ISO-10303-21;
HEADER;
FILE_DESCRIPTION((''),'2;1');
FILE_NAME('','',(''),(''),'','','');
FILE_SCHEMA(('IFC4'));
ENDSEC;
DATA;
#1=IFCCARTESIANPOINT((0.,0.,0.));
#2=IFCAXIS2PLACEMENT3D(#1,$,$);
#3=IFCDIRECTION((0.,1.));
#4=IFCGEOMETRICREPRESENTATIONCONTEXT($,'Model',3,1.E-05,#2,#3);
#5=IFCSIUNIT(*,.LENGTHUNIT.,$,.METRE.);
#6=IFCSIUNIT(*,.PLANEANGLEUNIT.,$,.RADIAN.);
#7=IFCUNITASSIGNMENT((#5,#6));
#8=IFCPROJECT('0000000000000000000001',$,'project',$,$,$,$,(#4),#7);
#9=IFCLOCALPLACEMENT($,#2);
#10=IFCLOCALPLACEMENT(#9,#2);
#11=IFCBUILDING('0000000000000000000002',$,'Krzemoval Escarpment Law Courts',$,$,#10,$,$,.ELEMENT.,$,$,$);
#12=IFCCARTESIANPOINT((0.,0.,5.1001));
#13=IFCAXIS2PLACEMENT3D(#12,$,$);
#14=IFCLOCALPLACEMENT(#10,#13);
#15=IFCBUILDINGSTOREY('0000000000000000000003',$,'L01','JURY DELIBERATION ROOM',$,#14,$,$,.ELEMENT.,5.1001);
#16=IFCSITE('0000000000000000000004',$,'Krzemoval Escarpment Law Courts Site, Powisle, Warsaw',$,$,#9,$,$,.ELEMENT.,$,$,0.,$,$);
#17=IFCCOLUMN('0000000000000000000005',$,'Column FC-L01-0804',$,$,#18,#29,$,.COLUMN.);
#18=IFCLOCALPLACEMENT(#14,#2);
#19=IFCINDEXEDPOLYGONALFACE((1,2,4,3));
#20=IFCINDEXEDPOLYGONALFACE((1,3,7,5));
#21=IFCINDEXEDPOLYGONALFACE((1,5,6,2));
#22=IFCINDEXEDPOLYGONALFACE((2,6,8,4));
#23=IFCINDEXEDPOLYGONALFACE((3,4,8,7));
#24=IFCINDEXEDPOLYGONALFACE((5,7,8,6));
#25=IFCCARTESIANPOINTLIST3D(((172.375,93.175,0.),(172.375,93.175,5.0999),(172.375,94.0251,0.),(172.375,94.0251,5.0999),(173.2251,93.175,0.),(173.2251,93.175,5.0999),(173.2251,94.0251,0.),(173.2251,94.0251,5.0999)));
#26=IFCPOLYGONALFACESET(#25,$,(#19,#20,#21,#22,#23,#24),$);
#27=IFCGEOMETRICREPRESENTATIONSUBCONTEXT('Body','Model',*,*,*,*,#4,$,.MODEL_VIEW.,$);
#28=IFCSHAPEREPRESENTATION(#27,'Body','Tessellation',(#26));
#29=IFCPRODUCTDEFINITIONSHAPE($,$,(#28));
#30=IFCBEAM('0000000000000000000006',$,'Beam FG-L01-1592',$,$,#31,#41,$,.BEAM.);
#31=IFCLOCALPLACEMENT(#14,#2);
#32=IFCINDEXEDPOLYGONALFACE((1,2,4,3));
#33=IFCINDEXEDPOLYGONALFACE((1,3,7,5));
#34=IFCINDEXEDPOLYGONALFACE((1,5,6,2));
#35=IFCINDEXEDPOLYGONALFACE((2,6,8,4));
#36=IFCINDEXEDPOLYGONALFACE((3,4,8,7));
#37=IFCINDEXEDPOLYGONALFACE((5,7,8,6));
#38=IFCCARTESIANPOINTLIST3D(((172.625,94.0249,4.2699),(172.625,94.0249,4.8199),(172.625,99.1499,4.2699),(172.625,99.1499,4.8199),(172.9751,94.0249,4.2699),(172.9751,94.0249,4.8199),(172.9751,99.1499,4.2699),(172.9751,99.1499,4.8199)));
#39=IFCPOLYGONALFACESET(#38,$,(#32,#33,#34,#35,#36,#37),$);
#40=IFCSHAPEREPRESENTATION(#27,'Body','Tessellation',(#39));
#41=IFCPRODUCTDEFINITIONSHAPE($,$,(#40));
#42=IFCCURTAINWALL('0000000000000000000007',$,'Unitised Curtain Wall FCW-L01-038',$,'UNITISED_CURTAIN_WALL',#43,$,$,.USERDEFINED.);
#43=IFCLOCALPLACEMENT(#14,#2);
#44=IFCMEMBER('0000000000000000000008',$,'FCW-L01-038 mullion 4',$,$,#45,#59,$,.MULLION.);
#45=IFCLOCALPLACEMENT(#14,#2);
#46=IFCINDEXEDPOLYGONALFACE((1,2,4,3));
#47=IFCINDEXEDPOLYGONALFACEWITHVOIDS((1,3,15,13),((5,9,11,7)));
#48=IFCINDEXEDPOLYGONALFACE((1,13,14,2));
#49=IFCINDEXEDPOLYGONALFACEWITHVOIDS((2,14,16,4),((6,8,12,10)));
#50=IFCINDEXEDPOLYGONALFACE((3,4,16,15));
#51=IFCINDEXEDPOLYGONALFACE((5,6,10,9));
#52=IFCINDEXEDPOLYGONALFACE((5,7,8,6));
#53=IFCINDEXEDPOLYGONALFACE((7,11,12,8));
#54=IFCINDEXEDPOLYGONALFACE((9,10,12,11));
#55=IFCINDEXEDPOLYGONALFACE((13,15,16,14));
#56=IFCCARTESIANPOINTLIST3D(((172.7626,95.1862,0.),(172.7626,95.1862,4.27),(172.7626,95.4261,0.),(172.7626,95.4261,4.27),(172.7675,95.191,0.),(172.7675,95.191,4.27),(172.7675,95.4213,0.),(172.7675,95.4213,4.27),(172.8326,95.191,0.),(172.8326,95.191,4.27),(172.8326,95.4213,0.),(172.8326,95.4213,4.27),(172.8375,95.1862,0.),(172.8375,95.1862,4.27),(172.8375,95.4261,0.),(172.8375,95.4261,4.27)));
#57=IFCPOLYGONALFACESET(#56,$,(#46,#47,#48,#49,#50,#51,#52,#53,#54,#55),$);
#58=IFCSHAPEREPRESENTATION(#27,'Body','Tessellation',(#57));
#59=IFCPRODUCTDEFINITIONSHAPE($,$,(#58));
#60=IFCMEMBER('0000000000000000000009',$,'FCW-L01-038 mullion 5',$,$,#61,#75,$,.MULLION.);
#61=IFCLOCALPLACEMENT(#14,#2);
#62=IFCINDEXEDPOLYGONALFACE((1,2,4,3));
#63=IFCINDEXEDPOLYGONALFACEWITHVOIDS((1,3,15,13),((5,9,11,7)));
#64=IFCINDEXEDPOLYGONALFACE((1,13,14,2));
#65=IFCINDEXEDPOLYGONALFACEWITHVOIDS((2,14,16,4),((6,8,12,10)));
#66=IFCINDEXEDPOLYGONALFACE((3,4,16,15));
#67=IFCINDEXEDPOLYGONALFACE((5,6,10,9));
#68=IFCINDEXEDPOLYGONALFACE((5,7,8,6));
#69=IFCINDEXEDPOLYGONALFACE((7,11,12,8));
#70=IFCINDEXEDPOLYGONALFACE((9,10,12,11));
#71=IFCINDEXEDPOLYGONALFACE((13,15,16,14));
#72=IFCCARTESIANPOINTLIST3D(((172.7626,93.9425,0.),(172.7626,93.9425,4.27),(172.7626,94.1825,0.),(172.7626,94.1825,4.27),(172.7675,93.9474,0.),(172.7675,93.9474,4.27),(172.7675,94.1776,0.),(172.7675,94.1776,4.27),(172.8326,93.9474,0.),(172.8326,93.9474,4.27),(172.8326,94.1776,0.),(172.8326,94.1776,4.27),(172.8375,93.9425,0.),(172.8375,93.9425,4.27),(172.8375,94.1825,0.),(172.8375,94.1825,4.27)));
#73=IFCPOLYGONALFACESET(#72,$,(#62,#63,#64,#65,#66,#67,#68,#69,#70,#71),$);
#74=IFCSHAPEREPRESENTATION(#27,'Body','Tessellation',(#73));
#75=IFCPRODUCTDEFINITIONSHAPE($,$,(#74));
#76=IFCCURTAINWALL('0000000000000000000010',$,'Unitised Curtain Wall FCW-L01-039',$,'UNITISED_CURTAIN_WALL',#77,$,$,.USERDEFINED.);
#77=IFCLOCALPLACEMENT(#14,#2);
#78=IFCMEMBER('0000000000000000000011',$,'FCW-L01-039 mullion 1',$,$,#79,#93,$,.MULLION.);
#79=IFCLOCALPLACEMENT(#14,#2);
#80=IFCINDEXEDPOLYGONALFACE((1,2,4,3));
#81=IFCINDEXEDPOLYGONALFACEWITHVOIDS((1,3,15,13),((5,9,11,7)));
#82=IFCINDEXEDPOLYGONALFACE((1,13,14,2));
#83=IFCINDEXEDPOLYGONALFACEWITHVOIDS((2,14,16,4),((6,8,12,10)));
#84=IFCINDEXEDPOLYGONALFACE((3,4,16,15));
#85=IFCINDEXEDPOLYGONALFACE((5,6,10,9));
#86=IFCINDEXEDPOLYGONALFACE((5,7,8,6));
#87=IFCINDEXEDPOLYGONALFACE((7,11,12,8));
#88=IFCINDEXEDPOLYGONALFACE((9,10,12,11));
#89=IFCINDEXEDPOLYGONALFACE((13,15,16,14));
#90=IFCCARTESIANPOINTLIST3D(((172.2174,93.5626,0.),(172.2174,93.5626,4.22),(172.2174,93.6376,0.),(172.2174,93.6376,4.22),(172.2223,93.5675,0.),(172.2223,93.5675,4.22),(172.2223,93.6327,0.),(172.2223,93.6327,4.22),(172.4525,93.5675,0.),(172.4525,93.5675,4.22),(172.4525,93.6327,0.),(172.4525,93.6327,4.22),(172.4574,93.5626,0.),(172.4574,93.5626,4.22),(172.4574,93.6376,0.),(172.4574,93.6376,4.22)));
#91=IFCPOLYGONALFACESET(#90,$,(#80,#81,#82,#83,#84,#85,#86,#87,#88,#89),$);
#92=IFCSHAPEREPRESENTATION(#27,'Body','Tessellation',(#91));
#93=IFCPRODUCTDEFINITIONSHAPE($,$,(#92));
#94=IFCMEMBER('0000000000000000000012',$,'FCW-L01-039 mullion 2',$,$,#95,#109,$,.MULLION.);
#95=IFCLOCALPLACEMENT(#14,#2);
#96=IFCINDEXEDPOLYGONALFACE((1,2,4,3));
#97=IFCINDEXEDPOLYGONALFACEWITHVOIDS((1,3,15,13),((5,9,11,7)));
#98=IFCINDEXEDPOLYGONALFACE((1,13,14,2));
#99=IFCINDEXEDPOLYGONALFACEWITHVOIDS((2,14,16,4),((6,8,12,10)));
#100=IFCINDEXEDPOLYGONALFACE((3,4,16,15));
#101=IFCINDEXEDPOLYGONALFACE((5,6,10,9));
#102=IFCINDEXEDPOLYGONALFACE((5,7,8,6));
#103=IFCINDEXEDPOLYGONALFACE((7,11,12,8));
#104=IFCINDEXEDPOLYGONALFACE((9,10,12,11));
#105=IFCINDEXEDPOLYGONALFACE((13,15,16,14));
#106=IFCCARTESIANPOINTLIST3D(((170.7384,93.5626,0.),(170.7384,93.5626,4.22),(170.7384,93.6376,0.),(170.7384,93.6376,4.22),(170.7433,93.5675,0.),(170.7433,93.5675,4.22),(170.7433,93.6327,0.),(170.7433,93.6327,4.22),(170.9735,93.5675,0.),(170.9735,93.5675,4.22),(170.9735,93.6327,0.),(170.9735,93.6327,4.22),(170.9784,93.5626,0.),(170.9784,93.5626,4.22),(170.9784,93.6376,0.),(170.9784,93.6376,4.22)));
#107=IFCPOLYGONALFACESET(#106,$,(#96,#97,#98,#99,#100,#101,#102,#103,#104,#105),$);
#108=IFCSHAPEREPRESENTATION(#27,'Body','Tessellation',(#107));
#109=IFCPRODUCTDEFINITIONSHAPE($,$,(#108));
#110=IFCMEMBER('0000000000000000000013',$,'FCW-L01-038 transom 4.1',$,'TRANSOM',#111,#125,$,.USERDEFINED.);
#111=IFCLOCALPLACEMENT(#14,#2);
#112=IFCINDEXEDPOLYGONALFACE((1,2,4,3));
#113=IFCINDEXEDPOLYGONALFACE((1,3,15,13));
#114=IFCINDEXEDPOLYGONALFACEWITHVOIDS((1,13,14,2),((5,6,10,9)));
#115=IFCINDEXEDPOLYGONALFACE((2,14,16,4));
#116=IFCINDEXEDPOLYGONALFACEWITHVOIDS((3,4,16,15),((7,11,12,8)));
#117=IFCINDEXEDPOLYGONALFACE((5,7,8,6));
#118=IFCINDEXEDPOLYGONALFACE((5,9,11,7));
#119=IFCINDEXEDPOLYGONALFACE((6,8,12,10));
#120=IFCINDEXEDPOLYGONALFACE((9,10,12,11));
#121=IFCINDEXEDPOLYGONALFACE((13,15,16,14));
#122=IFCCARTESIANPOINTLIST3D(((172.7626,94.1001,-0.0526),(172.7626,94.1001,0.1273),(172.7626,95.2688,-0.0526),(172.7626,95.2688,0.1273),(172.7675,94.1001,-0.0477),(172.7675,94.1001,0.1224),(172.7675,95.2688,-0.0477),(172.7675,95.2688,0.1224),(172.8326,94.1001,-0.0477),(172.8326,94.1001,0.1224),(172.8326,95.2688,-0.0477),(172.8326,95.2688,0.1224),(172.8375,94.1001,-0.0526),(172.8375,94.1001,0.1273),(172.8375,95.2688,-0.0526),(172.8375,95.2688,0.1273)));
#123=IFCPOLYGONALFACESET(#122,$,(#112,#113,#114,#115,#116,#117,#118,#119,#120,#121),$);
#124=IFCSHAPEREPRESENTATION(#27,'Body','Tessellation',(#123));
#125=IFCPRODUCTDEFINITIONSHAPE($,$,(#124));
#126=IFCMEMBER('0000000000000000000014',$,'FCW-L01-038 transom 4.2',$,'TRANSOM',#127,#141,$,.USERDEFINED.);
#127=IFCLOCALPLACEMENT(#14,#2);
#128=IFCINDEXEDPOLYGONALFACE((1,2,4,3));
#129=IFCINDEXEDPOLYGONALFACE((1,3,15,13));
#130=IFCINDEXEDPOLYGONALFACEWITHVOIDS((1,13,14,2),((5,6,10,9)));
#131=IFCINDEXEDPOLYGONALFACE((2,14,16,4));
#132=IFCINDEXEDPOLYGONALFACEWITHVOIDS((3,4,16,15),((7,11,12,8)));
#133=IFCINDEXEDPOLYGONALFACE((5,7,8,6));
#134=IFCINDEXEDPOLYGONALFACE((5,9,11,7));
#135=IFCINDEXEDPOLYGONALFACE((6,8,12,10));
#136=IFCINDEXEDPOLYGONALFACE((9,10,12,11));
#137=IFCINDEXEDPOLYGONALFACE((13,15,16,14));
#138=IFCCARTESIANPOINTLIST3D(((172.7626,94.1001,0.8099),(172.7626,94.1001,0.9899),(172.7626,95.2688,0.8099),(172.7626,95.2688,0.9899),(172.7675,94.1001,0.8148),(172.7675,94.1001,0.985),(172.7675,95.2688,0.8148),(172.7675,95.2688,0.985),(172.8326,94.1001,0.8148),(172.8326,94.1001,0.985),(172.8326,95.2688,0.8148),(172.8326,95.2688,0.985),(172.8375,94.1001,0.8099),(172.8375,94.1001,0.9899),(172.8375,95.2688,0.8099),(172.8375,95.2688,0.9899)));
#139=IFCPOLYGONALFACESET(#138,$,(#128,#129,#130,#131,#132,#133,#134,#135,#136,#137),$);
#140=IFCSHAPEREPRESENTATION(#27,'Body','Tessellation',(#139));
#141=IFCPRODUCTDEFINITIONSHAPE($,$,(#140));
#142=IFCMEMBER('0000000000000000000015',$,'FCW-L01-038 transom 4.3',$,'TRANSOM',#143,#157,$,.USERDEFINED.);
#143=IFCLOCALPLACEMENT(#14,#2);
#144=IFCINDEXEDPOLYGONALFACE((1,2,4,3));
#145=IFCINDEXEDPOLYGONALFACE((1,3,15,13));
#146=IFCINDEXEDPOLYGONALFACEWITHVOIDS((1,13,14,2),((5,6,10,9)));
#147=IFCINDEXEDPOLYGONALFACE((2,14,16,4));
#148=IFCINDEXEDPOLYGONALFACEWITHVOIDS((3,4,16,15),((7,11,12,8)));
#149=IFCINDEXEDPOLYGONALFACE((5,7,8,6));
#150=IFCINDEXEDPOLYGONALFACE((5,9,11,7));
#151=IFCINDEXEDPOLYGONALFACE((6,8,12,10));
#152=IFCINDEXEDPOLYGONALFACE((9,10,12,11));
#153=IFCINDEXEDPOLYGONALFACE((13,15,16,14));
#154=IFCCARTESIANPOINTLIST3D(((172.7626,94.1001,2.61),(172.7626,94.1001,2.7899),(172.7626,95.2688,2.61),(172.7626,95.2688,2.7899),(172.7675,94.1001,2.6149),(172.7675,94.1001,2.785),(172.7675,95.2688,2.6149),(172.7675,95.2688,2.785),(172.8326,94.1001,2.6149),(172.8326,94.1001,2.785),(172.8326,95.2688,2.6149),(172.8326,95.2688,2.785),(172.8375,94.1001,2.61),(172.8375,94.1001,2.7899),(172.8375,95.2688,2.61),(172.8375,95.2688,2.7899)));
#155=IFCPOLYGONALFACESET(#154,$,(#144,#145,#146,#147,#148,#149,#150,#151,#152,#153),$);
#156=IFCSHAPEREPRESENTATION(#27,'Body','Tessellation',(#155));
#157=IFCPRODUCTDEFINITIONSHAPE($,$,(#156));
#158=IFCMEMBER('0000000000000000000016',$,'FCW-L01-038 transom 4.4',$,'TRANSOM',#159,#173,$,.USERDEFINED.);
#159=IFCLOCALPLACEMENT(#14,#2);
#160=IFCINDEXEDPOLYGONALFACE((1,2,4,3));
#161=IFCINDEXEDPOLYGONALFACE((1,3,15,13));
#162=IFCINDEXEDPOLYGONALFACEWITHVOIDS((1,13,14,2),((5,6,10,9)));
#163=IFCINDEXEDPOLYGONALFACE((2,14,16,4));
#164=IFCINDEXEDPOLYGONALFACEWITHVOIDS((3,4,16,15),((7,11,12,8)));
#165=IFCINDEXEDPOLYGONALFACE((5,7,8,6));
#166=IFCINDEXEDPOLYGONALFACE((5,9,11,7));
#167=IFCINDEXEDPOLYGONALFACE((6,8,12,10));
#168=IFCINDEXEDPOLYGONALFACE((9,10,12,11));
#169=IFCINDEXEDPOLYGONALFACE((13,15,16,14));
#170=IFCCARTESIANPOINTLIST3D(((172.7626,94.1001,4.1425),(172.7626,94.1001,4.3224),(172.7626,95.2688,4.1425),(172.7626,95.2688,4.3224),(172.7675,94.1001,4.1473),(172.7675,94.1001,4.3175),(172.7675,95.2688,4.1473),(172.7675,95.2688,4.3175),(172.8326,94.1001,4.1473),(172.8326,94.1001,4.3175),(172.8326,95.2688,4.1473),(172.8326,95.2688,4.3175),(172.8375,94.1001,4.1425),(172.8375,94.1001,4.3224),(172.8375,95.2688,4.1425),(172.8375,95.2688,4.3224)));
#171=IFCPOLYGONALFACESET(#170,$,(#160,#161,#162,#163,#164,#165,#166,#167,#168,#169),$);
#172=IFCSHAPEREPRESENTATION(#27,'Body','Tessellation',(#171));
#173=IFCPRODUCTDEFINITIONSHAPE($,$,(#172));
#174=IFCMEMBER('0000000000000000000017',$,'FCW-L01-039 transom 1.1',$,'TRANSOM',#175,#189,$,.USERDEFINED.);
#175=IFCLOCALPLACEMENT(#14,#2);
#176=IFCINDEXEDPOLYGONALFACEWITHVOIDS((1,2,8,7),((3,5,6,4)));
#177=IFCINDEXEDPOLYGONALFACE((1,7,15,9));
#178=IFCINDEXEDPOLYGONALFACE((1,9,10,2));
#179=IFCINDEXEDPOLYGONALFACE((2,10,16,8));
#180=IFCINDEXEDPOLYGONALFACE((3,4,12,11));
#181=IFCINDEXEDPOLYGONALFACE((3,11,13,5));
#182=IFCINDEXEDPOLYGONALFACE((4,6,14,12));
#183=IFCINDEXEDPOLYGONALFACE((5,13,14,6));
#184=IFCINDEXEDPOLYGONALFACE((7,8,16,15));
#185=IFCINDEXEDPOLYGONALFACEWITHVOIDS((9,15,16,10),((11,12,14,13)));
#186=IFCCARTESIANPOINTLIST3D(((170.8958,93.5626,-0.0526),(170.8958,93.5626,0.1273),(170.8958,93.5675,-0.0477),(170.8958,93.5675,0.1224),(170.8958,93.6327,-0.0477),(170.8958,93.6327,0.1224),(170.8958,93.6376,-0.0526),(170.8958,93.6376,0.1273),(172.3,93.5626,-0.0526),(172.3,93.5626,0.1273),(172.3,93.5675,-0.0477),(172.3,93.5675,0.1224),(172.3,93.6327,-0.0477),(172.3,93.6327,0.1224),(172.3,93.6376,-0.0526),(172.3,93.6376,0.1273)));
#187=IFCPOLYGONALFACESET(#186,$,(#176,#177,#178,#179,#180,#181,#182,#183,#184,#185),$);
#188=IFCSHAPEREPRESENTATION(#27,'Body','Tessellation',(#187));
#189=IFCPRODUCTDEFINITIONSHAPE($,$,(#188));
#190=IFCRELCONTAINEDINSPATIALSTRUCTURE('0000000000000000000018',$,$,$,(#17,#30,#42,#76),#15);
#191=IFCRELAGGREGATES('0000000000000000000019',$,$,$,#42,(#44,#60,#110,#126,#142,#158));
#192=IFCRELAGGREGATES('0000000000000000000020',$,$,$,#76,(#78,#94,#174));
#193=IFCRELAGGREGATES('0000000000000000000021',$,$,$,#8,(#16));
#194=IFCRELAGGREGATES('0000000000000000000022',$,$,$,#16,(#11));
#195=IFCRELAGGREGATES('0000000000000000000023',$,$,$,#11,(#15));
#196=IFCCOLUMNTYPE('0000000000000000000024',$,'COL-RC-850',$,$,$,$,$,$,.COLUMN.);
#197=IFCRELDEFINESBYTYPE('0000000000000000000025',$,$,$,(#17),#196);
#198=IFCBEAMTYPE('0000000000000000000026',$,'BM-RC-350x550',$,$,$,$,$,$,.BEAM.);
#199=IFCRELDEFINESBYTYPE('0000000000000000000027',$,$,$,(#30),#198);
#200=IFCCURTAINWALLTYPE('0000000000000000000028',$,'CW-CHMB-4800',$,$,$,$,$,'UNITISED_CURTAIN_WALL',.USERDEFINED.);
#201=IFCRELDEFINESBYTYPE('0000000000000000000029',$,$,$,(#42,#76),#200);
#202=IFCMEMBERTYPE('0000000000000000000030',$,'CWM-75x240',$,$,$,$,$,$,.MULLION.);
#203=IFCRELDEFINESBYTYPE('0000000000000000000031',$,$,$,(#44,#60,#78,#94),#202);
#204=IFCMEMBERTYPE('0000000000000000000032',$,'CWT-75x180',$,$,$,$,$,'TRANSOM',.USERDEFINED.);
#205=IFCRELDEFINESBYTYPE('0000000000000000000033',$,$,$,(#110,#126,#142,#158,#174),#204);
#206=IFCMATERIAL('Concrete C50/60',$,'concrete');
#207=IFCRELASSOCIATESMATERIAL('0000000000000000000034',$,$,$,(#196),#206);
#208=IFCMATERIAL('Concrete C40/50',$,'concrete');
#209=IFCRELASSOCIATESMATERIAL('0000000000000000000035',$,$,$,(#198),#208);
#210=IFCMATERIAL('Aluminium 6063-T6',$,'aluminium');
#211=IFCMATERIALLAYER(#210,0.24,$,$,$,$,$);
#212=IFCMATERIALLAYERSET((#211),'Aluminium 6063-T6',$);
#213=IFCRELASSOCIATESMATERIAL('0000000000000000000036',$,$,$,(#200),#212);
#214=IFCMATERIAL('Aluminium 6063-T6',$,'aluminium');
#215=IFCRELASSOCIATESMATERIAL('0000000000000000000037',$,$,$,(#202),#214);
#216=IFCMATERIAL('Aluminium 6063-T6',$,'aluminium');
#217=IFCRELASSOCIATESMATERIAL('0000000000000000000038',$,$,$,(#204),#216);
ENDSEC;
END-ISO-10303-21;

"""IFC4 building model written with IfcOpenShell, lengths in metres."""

from ifc_helpers import new_model, si_unit, direction, frame, origin, origin_2d, place, context, subcontext, project, spatial, rectangle, hollow_rectangle, extrude, material, layer, layer_set, material_profile, profile_set, type_object, element, aggregate, save


model = new_model("IFC4")

# Units and contexts
model_context = context("Model", 3, precision=1e-05, world=origin(), true_north=direction((0.0, 1.0)))
body_context = subcontext(model_context, "Body", "Model", "MODEL_VIEW")
ifc_project = project(units=[si_unit("LENGTHUNIT", "METRE"), si_unit("PLANEANGLEUNIT", "RADIAN")], contexts=[model_context])

# Site, building, storey
site_placement = place(None, origin())
site = spatial("IfcSite", under=ifc_project, at=site_placement, Name="Krzemoval Escarpment Law Courts Site, Powisle, Warsaw", CompositionType="ELEMENT", RefElevation=0.0)
building_placement = place(site_placement, origin())
building = spatial("IfcBuilding", under=site, at=building_placement, Name="Krzemoval Escarpment Law Courts", CompositionType="ELEMENT")
storey_placement = place(building_placement, frame((0.0, 0.0, 5.1001)))
storey = spatial("IfcBuildingStorey", under=building, at=storey_placement, Name="L01", Description="JURY DELIBERATION ROOM", CompositionType="ELEMENT", Elevation=5.1001)

# Column
ifc_material_1 = material(Name="Concrete C50/60", Category="concrete")
ifc_material_profile_1 = material_profile(ifc_material_1, rectangle(XDim=0.8501, YDim=0.8501, at=origin_2d()), Name="RC 850x850")
ifc_profile_set_1 = profile_set([ifc_material_profile_1], Name="Concrete C50/60")
column_type = type_object("IfcColumnType", Name="COL-RC-850", PredefinedType="COLUMN", material=ifc_profile_set_1)
column_placement = place(storey_placement, frame((172.8, 93.6001, 0.0), z_axis=(0.0, 0.0, 1.0), x_axis=(1.0, 0.0, 0.0)))
element("IfcColumn", 1, at=column_placement, inside=storey, type_object=column_type, Name="Column FC-L01-0804", PredefinedType="COLUMN", context=body_context, shape_type="SweptSolid", body=[
    extrude(rectangle(XDim=0.8501, YDim=0.8501, at=origin_2d()), origin(), (0.0, 0.0, 1.0), 5.0999),
])

# Beam
ifc_material_2 = material(Name="Concrete C40/50", Category="concrete")
ifc_material_profile_2 = material_profile(ifc_material_2, rectangle(XDim=0.3501, YDim=0.55, at=origin_2d()), Name="RCB 350x550")
ifc_profile_set_2 = profile_set([ifc_material_profile_2], Name="Concrete C40/50")
beam_type = type_object("IfcBeamType", Name="BM-RC-350x550", PredefinedType="BEAM", material=ifc_profile_set_2)
beam_placement = place(storey_placement, frame((172.8, 94.0249, 4.5449), z_axis=(0.0, 1.0, 0.0), x_axis=(-1.0, 0.0, 0.0)))
element("IfcBeam", 2, at=beam_placement, inside=storey, type_object=beam_type, Name="Beam FG-L01-1592", PredefinedType="BEAM", context=body_context, shape_type="SweptSolid", body=[
    extrude(rectangle(XDim=0.3501, YDim=0.55, at=origin_2d()), origin(), (0.0, 0.0, 1.0), 5.125),
])

# Curtain walls, members
ifc_material_3 = material(Name="Aluminium 6063-T6", Category="aluminium")
ifc_layer_1 = layer(ifc_material_3, 0.24)
ifc_layer_set_1 = layer_set([ifc_layer_1], Name="Aluminium 6063-T6")
curtain_wall_type = type_object("IfcCurtainWallType", Name="CW-CHMB-4800", ElementType="UNITISED_CURTAIN_WALL", PredefinedType="USERDEFINED", material=ifc_layer_set_1)
curtain_wall_1_placement = place(storey_placement, origin())
curtain_wall_1 = element("IfcCurtainWall", 3, at=curtain_wall_1_placement, inside=storey, type_object=curtain_wall_type, Name="Unitised Curtain Wall FCW-L01-038", ObjectType="UNITISED_CURTAIN_WALL", PredefinedType="USERDEFINED")
ifc_material_4 = material(Name="Aluminium 6063-T6", Category="aluminium")
ifc_material_profile_3 = material_profile(ifc_material_4, hollow_rectangle(XDim=0.075, YDim=0.24, WallThickness=0.0049, at=origin_2d()), Name="ALU M75x240")
ifc_profile_set_3 = profile_set([ifc_material_profile_3], Name="Aluminium 6063-T6")
member_type_1 = type_object("IfcMemberType", Name="CWM-75x240", PredefinedType="MULLION", material=ifc_profile_set_3)
member_1_placement = place(storey_placement, frame((172.8, 95.3062, 0.0), z_axis=(0.0, 0.0, 1.0), x_axis=(1.0, 0.0, 0.0)))
member_1 = element("IfcMember", 4, at=member_1_placement, type_object=member_type_1, Name="FCW-L01-038 mullion 4", PredefinedType="MULLION", context=body_context, shape_type="SweptSolid", body=[
    extrude(hollow_rectangle(XDim=0.075, YDim=0.24, WallThickness=0.0049, at=origin_2d()), origin(), (0.0, 0.0, 1.0), 4.27),
])
member_2_placement = place(storey_placement, frame((172.8, 94.0625, 0.0), z_axis=(0.0, 0.0, 1.0), x_axis=(1.0, 0.0, 0.0)))
member_2 = element("IfcMember", 5, at=member_2_placement, type_object=member_type_1, Name="FCW-L01-038 mullion 5", PredefinedType="MULLION", context=body_context, shape_type="SweptSolid", body=[
    extrude(hollow_rectangle(XDim=0.075, YDim=0.24, WallThickness=0.0049, at=origin_2d()), origin(), (0.0, 0.0, 1.0), 4.27),
])
curtain_wall_2_placement = place(storey_placement, origin())
curtain_wall_2 = element("IfcCurtainWall", 6, at=curtain_wall_2_placement, inside=storey, type_object=curtain_wall_type, Name="Unitised Curtain Wall FCW-L01-039", ObjectType="UNITISED_CURTAIN_WALL", PredefinedType="USERDEFINED")
member_3_placement = place(storey_placement, frame((172.3374, 93.6001, 0.0), z_axis=(0.0, 0.0, 1.0), x_axis=(0.0, -1.0, 0.0)))
member_3 = element("IfcMember", 7, at=member_3_placement, type_object=member_type_1, Name="FCW-L01-039 mullion 1", PredefinedType="MULLION", context=body_context, shape_type="SweptSolid", body=[
    extrude(hollow_rectangle(XDim=0.075, YDim=0.24, WallThickness=0.0049, at=origin_2d()), origin(), (0.0, 0.0, 1.0), 4.22),
])
member_4_placement = place(storey_placement, frame((170.8584, 93.6001, 0.0), z_axis=(0.0, 0.0, 1.0), x_axis=(0.0, -1.0, 0.0)))
member_4 = element("IfcMember", 8, at=member_4_placement, type_object=member_type_1, Name="FCW-L01-039 mullion 2", PredefinedType="MULLION", context=body_context, shape_type="SweptSolid", body=[
    extrude(hollow_rectangle(XDim=0.075, YDim=0.24, WallThickness=0.0049, at=origin_2d()), origin(), (0.0, 0.0, 1.0), 4.22),
])

# Members
ifc_material_5 = material(Name="Aluminium 6063-T6", Category="aluminium")
ifc_material_profile_4 = material_profile(ifc_material_5, hollow_rectangle(XDim=0.075, YDim=0.1799, WallThickness=0.0049, at=origin_2d()), Name="ALU T75x180")
ifc_profile_set_4 = profile_set([ifc_material_profile_4], Name="Aluminium 6063-T6")
member_type_2 = type_object("IfcMemberType", Name="CWT-75x180", ElementType="TRANSOM", PredefinedType="USERDEFINED", material=ifc_profile_set_4)
member_5_placement = place(storey_placement, frame((172.8, 95.2688, 0.0374), z_axis=(0.0, -1.0, 0.0), x_axis=(1.0, 0.0, 0.0)))
member_5 = element("IfcMember", 9, at=member_5_placement, type_object=member_type_2, Name="FCW-L01-038 transom 4.1", ObjectType="TRANSOM", PredefinedType="USERDEFINED", context=body_context, shape_type="SweptSolid", body=[
    extrude(hollow_rectangle(XDim=0.075, YDim=0.1799, WallThickness=0.0049, at=origin_2d()), origin(), (0.0, 0.0, 1.0), 1.1687),
])
member_6_placement = place(storey_placement, frame((172.8, 95.2688, 0.8999), z_axis=(0.0, -1.0, 0.0), x_axis=(1.0, 0.0, 0.0)))
member_6 = element("IfcMember", 10, at=member_6_placement, type_object=member_type_2, Name="FCW-L01-038 transom 4.2", ObjectType="TRANSOM", PredefinedType="USERDEFINED", context=body_context, shape_type="SweptSolid", body=[
    extrude(hollow_rectangle(XDim=0.075, YDim=0.1799, WallThickness=0.0049, at=origin_2d()), origin(), (0.0, 0.0, 1.0), 1.1687),
])
member_7_placement = place(storey_placement, frame((172.8, 95.2688, 2.7), z_axis=(0.0, -1.0, 0.0), x_axis=(1.0, 0.0, 0.0)))
member_7 = element("IfcMember", 11, at=member_7_placement, type_object=member_type_2, Name="FCW-L01-038 transom 4.3", ObjectType="TRANSOM", PredefinedType="USERDEFINED", context=body_context, shape_type="SweptSolid", body=[
    extrude(hollow_rectangle(XDim=0.075, YDim=0.1799, WallThickness=0.0049, at=origin_2d()), origin(), (0.0, 0.0, 1.0), 1.1687),
])
member_8_placement = place(storey_placement, frame((172.8, 95.2688, 4.2324), z_axis=(0.0, -1.0, 0.0), x_axis=(1.0, 0.0, 0.0)))
member_8 = element("IfcMember", 12, at=member_8_placement, type_object=member_type_2, Name="FCW-L01-038 transom 4.4", ObjectType="TRANSOM", PredefinedType="USERDEFINED", context=body_context, shape_type="SweptSolid", body=[
    extrude(hollow_rectangle(XDim=0.075, YDim=0.1799, WallThickness=0.0049, at=origin_2d()), origin(), (0.0, 0.0, 1.0), 1.1687),
])
member_9_placement = place(storey_placement, frame((172.3, 93.6001, 0.0374), z_axis=(-1.0, 0.0, 0.0), x_axis=(0.0, -1.0, 0.0)))
member_9 = element("IfcMember", 13, at=member_9_placement, type_object=member_type_2, Name="FCW-L01-039 transom 1.1", ObjectType="TRANSOM", PredefinedType="USERDEFINED", context=body_context, shape_type="SweptSolid", body=[
    extrude(hollow_rectangle(XDim=0.075, YDim=0.1799, WallThickness=0.0049, at=origin_2d()), origin(), (0.0, 0.0, 1.0), 1.4043),
])

aggregate(curtain_wall_1, [member_1, member_2, member_5, member_6, member_7, member_8])
aggregate(curtain_wall_2, [member_3, member_4, member_9])

save(model, "model.ifc")
